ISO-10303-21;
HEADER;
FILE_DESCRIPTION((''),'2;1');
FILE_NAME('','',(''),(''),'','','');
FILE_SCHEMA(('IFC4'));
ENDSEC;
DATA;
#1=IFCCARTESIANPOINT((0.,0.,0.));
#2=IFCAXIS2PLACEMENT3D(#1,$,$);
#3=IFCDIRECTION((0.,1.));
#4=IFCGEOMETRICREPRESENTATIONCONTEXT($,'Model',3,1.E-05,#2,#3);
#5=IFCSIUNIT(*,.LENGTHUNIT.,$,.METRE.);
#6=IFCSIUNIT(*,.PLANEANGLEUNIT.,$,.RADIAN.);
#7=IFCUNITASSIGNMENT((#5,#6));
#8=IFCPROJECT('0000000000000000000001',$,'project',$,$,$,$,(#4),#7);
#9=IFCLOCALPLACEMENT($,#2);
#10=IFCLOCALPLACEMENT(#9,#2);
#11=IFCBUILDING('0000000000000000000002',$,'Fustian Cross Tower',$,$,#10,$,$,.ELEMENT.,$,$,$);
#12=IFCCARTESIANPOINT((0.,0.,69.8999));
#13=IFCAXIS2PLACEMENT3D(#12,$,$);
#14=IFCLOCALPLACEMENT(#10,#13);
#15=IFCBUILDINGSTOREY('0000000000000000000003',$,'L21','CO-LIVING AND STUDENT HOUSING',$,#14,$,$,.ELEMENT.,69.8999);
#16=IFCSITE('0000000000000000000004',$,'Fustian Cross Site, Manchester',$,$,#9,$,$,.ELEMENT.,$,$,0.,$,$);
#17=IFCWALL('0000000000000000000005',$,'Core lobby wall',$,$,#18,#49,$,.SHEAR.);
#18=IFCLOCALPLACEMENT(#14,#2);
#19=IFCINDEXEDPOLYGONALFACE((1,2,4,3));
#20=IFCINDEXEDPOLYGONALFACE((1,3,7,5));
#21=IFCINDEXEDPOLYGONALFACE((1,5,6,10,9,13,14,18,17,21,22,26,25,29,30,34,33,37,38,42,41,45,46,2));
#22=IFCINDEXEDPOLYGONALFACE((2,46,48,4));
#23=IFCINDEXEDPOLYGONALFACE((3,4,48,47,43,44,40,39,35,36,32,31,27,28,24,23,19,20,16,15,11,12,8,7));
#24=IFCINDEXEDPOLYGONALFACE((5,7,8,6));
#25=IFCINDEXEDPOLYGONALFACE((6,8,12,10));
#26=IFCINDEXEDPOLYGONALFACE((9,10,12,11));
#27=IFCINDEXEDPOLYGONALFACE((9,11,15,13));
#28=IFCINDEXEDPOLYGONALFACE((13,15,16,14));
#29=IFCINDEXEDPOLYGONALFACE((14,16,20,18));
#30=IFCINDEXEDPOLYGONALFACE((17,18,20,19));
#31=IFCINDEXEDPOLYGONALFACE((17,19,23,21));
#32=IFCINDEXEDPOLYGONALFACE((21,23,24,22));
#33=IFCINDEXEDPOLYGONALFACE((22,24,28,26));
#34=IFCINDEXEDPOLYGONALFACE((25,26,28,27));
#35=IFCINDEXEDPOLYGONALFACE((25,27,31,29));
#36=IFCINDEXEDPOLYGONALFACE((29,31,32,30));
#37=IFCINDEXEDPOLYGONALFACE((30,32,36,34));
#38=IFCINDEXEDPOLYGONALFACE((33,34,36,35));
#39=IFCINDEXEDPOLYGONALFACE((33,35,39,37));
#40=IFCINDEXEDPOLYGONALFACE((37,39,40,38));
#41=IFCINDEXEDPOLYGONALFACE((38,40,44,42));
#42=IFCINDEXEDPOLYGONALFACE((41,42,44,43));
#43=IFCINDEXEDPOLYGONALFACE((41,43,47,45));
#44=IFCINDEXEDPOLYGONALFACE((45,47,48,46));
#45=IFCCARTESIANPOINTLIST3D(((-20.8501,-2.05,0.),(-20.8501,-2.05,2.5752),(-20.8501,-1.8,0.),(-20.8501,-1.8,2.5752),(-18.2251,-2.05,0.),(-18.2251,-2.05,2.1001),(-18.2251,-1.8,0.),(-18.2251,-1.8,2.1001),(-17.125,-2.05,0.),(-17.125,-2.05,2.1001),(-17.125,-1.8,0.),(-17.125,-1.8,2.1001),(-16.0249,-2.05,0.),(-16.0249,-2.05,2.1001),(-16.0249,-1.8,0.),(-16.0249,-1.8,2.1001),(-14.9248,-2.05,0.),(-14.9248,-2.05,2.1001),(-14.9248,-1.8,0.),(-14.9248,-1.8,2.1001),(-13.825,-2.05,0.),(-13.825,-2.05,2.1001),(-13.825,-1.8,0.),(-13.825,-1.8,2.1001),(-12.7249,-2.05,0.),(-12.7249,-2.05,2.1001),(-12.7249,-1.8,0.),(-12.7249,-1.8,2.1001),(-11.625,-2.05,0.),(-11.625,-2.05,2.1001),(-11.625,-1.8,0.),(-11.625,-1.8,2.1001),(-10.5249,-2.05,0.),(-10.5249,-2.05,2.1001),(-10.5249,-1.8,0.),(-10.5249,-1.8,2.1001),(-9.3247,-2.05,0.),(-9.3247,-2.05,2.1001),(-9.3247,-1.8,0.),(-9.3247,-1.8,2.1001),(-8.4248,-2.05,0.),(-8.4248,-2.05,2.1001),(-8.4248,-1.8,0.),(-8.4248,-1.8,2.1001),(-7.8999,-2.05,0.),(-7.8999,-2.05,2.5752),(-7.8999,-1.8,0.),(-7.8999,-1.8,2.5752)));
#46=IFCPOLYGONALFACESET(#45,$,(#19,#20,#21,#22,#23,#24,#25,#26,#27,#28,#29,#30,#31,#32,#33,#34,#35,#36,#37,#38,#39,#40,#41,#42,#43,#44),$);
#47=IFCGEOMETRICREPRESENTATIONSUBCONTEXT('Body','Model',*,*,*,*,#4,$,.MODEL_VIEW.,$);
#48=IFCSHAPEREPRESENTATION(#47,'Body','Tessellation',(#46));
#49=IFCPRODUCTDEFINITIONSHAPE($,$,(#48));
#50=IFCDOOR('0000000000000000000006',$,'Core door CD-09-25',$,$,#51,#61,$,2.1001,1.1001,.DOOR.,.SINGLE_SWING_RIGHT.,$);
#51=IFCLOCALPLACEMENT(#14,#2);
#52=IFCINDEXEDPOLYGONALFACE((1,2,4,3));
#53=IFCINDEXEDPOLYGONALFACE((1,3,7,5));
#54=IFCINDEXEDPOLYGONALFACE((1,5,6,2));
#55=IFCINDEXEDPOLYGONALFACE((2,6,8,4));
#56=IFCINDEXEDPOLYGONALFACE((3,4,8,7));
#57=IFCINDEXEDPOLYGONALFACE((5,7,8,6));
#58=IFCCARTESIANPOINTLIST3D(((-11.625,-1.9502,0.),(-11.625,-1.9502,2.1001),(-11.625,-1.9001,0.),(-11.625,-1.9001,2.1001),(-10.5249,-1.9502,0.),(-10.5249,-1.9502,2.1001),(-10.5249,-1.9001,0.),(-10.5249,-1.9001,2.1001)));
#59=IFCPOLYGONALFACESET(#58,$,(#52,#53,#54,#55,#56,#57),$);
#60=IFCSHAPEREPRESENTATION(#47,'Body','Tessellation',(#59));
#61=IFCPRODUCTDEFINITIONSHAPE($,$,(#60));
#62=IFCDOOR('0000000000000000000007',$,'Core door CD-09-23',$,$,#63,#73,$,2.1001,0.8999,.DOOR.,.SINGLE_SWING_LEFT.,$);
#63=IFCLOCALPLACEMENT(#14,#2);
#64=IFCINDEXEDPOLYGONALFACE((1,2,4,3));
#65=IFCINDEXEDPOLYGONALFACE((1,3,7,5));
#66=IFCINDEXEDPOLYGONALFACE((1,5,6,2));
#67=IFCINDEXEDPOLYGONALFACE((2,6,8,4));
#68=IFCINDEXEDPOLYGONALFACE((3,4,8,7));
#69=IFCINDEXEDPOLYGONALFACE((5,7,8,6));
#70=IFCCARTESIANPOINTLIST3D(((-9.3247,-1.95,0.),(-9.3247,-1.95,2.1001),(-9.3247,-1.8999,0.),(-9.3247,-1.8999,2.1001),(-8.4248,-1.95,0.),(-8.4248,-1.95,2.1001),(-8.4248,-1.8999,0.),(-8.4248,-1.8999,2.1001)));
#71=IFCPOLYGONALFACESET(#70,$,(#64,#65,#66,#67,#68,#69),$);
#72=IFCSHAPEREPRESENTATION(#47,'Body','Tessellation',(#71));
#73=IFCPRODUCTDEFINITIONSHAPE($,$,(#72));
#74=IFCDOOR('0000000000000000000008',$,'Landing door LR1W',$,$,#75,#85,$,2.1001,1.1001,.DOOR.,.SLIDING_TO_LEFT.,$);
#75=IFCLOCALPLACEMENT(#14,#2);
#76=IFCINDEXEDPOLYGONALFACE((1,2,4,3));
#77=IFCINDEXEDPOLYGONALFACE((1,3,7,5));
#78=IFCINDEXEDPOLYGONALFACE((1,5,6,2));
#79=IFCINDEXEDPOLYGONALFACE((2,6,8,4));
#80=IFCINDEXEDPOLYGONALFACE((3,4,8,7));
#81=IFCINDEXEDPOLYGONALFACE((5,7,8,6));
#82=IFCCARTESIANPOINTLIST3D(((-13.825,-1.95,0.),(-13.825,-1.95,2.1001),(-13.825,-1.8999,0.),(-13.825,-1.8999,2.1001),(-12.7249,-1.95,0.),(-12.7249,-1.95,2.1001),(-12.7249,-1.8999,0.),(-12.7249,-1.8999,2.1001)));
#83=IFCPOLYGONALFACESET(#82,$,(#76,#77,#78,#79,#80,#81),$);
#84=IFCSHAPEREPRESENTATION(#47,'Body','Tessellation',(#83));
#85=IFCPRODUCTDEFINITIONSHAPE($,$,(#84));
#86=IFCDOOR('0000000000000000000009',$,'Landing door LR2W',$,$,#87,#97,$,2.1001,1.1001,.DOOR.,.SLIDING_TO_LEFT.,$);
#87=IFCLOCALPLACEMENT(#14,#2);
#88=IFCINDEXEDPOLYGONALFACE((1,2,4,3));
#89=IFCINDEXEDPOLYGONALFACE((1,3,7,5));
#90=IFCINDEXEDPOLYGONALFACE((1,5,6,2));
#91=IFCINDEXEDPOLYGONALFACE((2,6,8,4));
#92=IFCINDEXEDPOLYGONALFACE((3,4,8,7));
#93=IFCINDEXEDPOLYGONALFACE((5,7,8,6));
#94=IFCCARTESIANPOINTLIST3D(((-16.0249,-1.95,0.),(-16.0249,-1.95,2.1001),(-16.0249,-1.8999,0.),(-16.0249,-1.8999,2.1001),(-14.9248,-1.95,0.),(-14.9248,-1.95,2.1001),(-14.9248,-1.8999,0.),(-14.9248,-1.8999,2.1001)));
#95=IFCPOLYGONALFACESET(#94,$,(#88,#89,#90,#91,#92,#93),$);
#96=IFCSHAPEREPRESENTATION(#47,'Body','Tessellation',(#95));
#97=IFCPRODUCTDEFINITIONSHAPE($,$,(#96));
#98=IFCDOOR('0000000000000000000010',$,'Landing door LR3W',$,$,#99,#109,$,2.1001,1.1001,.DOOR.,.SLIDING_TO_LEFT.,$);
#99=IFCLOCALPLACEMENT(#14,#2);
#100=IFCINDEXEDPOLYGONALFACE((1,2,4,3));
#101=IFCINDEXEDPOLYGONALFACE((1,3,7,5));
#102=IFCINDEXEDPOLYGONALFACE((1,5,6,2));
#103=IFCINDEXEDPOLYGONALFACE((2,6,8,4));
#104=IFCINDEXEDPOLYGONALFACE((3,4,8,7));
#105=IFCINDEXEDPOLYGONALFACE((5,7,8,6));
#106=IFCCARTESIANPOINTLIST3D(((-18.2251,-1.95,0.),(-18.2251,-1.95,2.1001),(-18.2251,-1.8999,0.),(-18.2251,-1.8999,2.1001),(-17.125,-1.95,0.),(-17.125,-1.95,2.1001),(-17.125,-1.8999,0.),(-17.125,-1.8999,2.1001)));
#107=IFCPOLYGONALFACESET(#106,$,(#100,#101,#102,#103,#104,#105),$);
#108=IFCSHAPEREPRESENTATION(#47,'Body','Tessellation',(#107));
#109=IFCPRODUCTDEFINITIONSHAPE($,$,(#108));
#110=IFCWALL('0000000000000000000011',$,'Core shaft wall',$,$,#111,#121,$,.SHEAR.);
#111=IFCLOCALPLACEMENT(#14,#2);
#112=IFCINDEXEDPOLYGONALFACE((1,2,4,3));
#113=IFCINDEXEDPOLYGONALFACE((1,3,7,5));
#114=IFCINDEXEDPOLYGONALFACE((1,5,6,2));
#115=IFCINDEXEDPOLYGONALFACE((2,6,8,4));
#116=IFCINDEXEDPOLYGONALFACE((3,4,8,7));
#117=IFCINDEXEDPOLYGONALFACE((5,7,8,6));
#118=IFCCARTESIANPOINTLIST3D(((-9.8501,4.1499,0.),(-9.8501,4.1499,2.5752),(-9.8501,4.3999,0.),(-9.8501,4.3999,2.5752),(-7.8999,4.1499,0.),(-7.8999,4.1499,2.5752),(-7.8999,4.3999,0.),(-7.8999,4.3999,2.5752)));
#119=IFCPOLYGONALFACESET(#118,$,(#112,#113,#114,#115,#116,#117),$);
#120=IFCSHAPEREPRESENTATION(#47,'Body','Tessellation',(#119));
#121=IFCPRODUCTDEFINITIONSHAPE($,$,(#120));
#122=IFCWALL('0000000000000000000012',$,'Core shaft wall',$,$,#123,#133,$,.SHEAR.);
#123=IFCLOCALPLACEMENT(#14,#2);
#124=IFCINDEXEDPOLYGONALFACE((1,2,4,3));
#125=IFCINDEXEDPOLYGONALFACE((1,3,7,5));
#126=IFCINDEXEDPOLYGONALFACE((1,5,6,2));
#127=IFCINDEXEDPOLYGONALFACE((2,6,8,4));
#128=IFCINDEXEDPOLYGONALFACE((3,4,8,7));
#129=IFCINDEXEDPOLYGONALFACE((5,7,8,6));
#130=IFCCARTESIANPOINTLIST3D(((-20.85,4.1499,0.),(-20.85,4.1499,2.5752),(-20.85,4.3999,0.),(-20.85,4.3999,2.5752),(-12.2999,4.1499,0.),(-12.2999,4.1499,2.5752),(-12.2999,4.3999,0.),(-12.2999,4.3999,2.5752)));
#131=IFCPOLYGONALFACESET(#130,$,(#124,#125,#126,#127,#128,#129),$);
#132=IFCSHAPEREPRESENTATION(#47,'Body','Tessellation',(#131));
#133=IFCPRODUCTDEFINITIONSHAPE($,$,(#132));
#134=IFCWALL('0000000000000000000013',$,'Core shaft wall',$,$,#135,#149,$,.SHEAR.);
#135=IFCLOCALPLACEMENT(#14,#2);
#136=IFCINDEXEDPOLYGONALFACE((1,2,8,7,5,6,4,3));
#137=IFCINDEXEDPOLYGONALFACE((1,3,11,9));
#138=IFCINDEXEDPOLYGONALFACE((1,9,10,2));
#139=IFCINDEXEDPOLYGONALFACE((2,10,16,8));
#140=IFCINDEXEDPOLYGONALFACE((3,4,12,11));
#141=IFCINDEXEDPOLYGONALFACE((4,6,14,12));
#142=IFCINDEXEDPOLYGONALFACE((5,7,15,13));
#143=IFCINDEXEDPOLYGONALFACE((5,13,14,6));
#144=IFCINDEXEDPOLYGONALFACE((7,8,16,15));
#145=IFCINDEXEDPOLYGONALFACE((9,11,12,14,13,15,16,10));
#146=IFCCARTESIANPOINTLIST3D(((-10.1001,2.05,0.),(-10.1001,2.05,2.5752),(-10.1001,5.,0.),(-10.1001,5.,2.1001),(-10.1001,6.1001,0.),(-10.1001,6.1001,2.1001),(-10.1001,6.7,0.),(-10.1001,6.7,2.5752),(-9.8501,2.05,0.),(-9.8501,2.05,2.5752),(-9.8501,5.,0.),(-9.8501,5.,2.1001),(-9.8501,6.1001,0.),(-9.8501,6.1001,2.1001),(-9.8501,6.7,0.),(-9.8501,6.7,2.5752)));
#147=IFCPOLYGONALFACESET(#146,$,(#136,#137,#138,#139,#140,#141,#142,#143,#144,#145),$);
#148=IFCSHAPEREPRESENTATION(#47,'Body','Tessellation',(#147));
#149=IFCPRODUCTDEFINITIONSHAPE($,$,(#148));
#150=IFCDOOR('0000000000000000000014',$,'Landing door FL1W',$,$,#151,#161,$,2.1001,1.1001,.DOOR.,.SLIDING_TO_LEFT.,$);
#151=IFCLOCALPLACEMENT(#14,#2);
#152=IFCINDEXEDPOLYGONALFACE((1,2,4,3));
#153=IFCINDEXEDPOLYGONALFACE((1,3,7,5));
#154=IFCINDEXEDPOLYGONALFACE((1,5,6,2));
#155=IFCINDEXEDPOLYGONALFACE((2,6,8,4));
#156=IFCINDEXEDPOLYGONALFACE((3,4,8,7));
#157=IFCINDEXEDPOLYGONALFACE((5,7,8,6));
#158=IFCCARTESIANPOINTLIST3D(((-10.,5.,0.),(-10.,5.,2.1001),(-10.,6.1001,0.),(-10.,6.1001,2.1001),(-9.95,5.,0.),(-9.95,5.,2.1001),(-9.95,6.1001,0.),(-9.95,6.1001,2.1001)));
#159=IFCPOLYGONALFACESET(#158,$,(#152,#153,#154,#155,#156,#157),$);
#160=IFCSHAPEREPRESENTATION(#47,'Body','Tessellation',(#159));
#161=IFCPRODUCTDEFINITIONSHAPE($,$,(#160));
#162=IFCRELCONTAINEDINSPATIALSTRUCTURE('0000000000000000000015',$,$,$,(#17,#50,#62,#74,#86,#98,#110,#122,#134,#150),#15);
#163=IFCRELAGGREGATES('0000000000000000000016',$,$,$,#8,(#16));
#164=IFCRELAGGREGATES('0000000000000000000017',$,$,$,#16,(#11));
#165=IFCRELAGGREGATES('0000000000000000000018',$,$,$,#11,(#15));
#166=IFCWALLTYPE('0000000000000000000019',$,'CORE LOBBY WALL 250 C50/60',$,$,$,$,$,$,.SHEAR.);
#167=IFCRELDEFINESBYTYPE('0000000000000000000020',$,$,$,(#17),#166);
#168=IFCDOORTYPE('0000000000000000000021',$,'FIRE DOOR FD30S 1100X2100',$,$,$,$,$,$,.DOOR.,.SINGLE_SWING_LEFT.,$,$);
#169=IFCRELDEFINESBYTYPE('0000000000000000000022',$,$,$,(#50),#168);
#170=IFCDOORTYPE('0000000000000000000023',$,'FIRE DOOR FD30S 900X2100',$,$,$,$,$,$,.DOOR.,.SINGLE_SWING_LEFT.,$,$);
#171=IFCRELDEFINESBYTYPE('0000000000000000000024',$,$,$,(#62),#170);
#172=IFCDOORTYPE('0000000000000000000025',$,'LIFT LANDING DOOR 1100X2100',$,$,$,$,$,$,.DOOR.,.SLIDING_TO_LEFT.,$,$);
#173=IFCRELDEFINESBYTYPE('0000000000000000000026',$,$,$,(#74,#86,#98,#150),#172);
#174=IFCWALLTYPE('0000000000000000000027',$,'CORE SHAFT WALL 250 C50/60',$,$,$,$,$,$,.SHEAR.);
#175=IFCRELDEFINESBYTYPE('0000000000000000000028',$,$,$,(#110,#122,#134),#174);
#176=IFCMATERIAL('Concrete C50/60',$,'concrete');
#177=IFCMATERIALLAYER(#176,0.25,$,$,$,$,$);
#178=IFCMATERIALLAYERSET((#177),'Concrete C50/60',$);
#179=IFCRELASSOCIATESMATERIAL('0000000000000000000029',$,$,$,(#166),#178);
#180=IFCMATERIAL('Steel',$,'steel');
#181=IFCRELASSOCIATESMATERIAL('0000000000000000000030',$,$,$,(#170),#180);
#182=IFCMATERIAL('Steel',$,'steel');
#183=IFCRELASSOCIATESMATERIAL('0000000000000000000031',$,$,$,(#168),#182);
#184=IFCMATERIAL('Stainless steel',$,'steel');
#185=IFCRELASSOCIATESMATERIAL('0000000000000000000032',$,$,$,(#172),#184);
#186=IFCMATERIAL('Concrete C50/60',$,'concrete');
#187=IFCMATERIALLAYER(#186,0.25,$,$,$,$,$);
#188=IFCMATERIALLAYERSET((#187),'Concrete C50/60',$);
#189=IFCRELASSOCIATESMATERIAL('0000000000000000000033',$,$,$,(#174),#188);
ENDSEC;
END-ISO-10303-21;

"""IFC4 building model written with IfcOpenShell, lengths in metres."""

from ifc_helpers import new_model, si_unit, direction, frame, frame_2d, origin, place, context, subcontext, project, spatial, rectangle, extrude, material, layer, layer_set, type_object, element, fill, save


model = new_model("IFC4")

# Units and contexts
model_context = context("Model", 3, precision=1e-05, world=origin(), true_north=direction((0.0, 1.0)))
body_context = subcontext(model_context, "Body", "Model", "MODEL_VIEW")
ifc_project = project(units=[si_unit("LENGTHUNIT", "METRE"), si_unit("PLANEANGLEUNIT", "RADIAN")], contexts=[model_context])

# Site, building, storey
site_placement = place(None, origin())
site = spatial("IfcSite", under=ifc_project, at=site_placement, Name="Fustian Cross Site, Manchester", CompositionType="ELEMENT", RefElevation=0.0)
building_placement = place(site_placement, origin())
building = spatial("IfcBuilding", under=site, at=building_placement, Name="Fustian Cross Tower", CompositionType="ELEMENT")
storey_placement = place(building_placement, frame((0.0, 0.0, 69.8999)))
storey = spatial("IfcBuildingStorey", under=building, at=storey_placement, Name="L21", Description="CO-LIVING AND STUDENT HOUSING", CompositionType="ELEMENT", Elevation=69.8999)

# Wall, openings, doors
ifc_material_1 = material(Name="Concrete C50/60", Category="concrete")
ifc_layer_1 = layer(ifc_material_1, 0.25)
ifc_layer_set_1 = layer_set([ifc_layer_1], Name="Concrete C50/60")
wall_type_1 = type_object("IfcWallType", Name="CORE LOBBY WALL 250 C50/60", PredefinedType="SHEAR", material=ifc_layer_set_1)
ifc_material_2 = material(Name="Steel", Category="steel")
door_type_1 = type_object("IfcDoorType", Name="FIRE DOOR FD30S 900X2100", OperationType="SINGLE_SWING_LEFT", PredefinedType="DOOR", material=ifc_material_2)
wall_1_placement = place(storey_placement, frame((-7.8999, -1.925, 0.0), z_axis=(0.0, 0.0, 1.0), x_axis=(-1.0, 0.0, 0.0)))
wall_1 = element("IfcWall", 1, at=wall_1_placement, inside=storey, type_object=wall_type_1, Name="Core lobby wall", PredefinedType="SHEAR", context=body_context, shape_type="SweptSolid", body=[
    extrude(rectangle(XDim=12.9502, YDim=0.25, at=frame_2d((6.4751, 0.0))), origin(), (0.0, 0.0, 1.0), 2.5752),
])
opening_1_placement = place(wall_1_placement, frame((4.825, 0.0, 0.0)))
opening_1 = element("IfcOpeningElement", 2, at=opening_1_placement, cuts=wall_1, PredefinedType="OPENING", context=body_context, shape_type="SweptSolid", body=[
    extrude(rectangle(XDim=1.1001, YDim=2.1001, at=frame_2d((0.55, 1.05))), frame((0.0, 0.135, 0.0), z_axis=(0.0, -1.0, 0.0), x_axis=(1.0, 0.0, 0.0)), (0.0, 0.0, 1.0), 0.27),
])
opening_2_placement = place(wall_1_placement, frame((7.0249, 0.0, 0.0)))
opening_2 = element("IfcOpeningElement", 3, at=opening_2_placement, cuts=wall_1, PredefinedType="OPENING", context=body_context, shape_type="SweptSolid", body=[
    extrude(rectangle(XDim=1.1001, YDim=2.1001, at=frame_2d((0.55, 1.05))), frame((0.0, 0.135, 0.0), z_axis=(0.0, -1.0, 0.0), x_axis=(1.0, 0.0, 0.0)), (0.0, 0.0, 1.0), 0.27),
])
opening_3_placement = place(wall_1_placement, frame((9.2251, 0.0, 0.0)))
opening_3 = element("IfcOpeningElement", 4, at=opening_3_placement, cuts=wall_1, PredefinedType="OPENING", context=body_context, shape_type="SweptSolid", body=[
    extrude(rectangle(XDim=1.1001, YDim=2.1001, at=frame_2d((0.55, 1.05))), frame((0.0, 0.135, 0.0), z_axis=(0.0, -1.0, 0.0), x_axis=(1.0, 0.0, 0.0)), (0.0, 0.0, 1.0), 0.27),
])
opening_4_placement = place(wall_1_placement, frame((0.5249, 0.0, 0.0)))
opening_4 = element("IfcOpeningElement", 5, at=opening_4_placement, cuts=wall_1, PredefinedType="OPENING", context=body_context, shape_type="SweptSolid", body=[
    extrude(rectangle(XDim=0.8999, YDim=2.1001, at=frame_2d((0.45, 1.05))), frame((0.0, 0.135, 0.0), z_axis=(0.0, -1.0, 0.0), x_axis=(1.0, 0.0, 0.0)), (0.0, 0.0, 1.0), 0.27),
])
opening_5_placement = place(wall_1_placement, frame((2.625, 0.0, 0.0)))
opening_5 = element("IfcOpeningElement", 6, at=opening_5_placement, cuts=wall_1, PredefinedType="OPENING", context=body_context, shape_type="SweptSolid", body=[
    extrude(rectangle(XDim=1.1001, YDim=2.1001, at=frame_2d((0.55, 1.05))), frame((0.0, 0.135, 0.0), z_axis=(0.0, -1.0, 0.0), x_axis=(1.0, 0.0, 0.0)), (0.0, 0.0, 1.0), 0.27),
])
ifc_material_3 = material(Name="Steel", Category="steel")
door_type_2 = type_object("IfcDoorType", Name="FIRE DOOR FD30S 1100X2100", OperationType="SINGLE_SWING_LEFT", PredefinedType="DOOR", material=ifc_material_3)
door_1_placement = place(opening_5_placement, frame((1.1001, 0.0, 0.0), z_axis=(0.0, 0.0, 1.0), x_axis=(-1.0, 0.0, 0.0)))
door_1 = element("IfcDoor", 7, at=door_1_placement, inside=storey, type_object=door_type_2, Name="Core door CD-09-25", OperationType="SINGLE_SWING_RIGHT", OverallHeight=2.1001, OverallWidth=1.1001, PredefinedType="DOOR", context=body_context, shape_type="SweptSolid", body=[
    extrude(rectangle(XDim=1.1001, YDim=2.1001, at=frame_2d((0.55, 1.05))), frame((0.0, 0.0249, 0.0), z_axis=(0.0, -1.0, 0.0), x_axis=(1.0, 0.0, 0.0)), (0.0, 0.0, 1.0), 0.05),
])
fill(opening_5, door_1)
door_2_placement = place(opening_4_placement, origin())
door_2 = element("IfcDoor", 8, at=door_2_placement, inside=storey, type_object=door_type_1, Name="Core door CD-09-23", OperationType="SINGLE_SWING_LEFT", OverallHeight=2.1001, OverallWidth=0.8999, PredefinedType="DOOR", context=body_context, shape_type="SweptSolid", body=[
    extrude(rectangle(XDim=0.8999, YDim=2.1001, at=frame_2d((0.45, 1.05))), frame((0.0, 0.0249, 0.0), z_axis=(0.0, -1.0, 0.0), x_axis=(1.0, 0.0, 0.0)), (0.0, 0.0, 1.0), 0.05),
])
fill(opening_4, door_2)
ifc_material_4 = material(Name="Stainless steel", Category="steel")
door_type_3 = type_object("IfcDoorType", Name="LIFT LANDING DOOR 1100X2100", OperationType="SLIDING_TO_LEFT", PredefinedType="DOOR", material=ifc_material_4)
door_3_placement = place(opening_1_placement, origin())
door_3 = element("IfcDoor", 9, at=door_3_placement, inside=storey, type_object=door_type_3, Name="Landing door LR1W", OperationType="SLIDING_TO_LEFT", OverallHeight=2.1001, OverallWidth=1.1001, PredefinedType="DOOR", context=body_context, shape_type="SweptSolid", body=[
    extrude(rectangle(XDim=1.1001, YDim=2.1001, at=frame_2d((0.55, 1.05))), frame((0.0, 0.0249, 0.0), z_axis=(0.0, -1.0, 0.0), x_axis=(1.0, 0.0, 0.0)), (0.0, 0.0, 1.0), 0.05),
])
fill(opening_1, door_3)
door_4_placement = place(opening_2_placement, origin())
door_4 = element("IfcDoor", 10, at=door_4_placement, inside=storey, type_object=door_type_3, Name="Landing door LR2W", OperationType="SLIDING_TO_LEFT", OverallHeight=2.1001, OverallWidth=1.1001, PredefinedType="DOOR", context=body_context, shape_type="SweptSolid", body=[
    extrude(rectangle(XDim=1.1001, YDim=2.1001, at=frame_2d((0.55, 1.05))), frame((0.0, 0.0249, 0.0), z_axis=(0.0, -1.0, 0.0), x_axis=(1.0, 0.0, 0.0)), (0.0, 0.0, 1.0), 0.05),
])
fill(opening_2, door_4)
door_5_placement = place(opening_3_placement, origin())
door_5 = element("IfcDoor", 11, at=door_5_placement, inside=storey, type_object=door_type_3, Name="Landing door LR3W", OperationType="SLIDING_TO_LEFT", OverallHeight=2.1001, OverallWidth=1.1001, PredefinedType="DOOR", context=body_context, shape_type="SweptSolid", body=[
    extrude(rectangle(XDim=1.1001, YDim=2.1001, at=frame_2d((0.55, 1.05))), frame((0.0, 0.0249, 0.0), z_axis=(0.0, -1.0, 0.0), x_axis=(1.0, 0.0, 0.0)), (0.0, 0.0, 1.0), 0.05),
])
fill(opening_3, door_5)

# Walls
ifc_material_5 = material(Name="Concrete C50/60", Category="concrete")
ifc_layer_2 = layer(ifc_material_5, 0.25)
ifc_layer_set_2 = layer_set([ifc_layer_2], Name="Concrete C50/60")
wall_type_2 = type_object("IfcWallType", Name="CORE SHAFT WALL 250 C50/60", PredefinedType="SHEAR", material=ifc_layer_set_2)
wall_2_placement = place(storey_placement, frame((-7.8999, 4.2749, 0.0), z_axis=(0.0, 0.0, 1.0), x_axis=(-1.0, 0.0, 0.0)))
element("IfcWall", 12, at=wall_2_placement, inside=storey, type_object=wall_type_2, Name="Core shaft wall", PredefinedType="SHEAR", context=body_context, shape_type="SweptSolid", body=[
    extrude(rectangle(XDim=1.9502, YDim=0.25, at=frame_2d((0.9751, 0.0))), origin(), (0.0, 0.0, 1.0), 2.5752),
])
wall_3_placement = place(storey_placement, frame((-12.3, 4.2749, 0.0), z_axis=(0.0, 0.0, 1.0), x_axis=(-1.0, 0.0, 0.0)))
element("IfcWall", 13, at=wall_3_placement, inside=storey, type_object=wall_type_2, Name="Core shaft wall", PredefinedType="SHEAR", context=body_context, shape_type="SweptSolid", body=[
    extrude(rectangle(XDim=8.55, YDim=0.25, at=frame_2d((4.2749, 0.0))), origin(), (0.0, 0.0, 1.0), 2.5752),
])

# Wall, opening, door
wall_4_placement = place(storey_placement, frame((-9.9751, 2.05, 0.0), z_axis=(0.0, 0.0, 1.0), x_axis=(0.0, 1.0, 0.0)))
wall_4 = element("IfcWall", 14, at=wall_4_placement, inside=storey, type_object=wall_type_2, Name="Core shaft wall", PredefinedType="SHEAR", context=body_context, shape_type="SweptSolid", body=[
    extrude(rectangle(XDim=4.6499, YDim=0.25, at=frame_2d((2.325, 0.0))), origin(), (0.0, 0.0, 1.0), 2.5752),
])
opening_6_placement = place(wall_4_placement, frame((2.95, 0.0, 0.0)))
opening_6 = element("IfcOpeningElement", 15, at=opening_6_placement, cuts=wall_4, PredefinedType="OPENING", context=body_context, shape_type="SweptSolid", body=[
    extrude(rectangle(XDim=1.1001, YDim=2.1001, at=frame_2d((0.55, 1.05))), frame((0.0, 0.135, 0.0), z_axis=(0.0, -1.0, 0.0), x_axis=(1.0, 0.0, 0.0)), (0.0, 0.0, 1.0), 0.27),
])
door_6_placement = place(opening_6_placement, origin())
door_6 = element("IfcDoor", 16, at=door_6_placement, inside=storey, type_object=door_type_3, Name="Landing door FL1W", OperationType="SLIDING_TO_LEFT", OverallHeight=2.1001, OverallWidth=1.1001, PredefinedType="DOOR", context=body_context, shape_type="SweptSolid", body=[
    extrude(rectangle(XDim=1.1001, YDim=2.1001, at=frame_2d((0.55, 1.05))), frame((0.0, 0.0249, 0.0), z_axis=(0.0, -1.0, 0.0), x_axis=(1.0, 0.0, 0.0)), (0.0, 0.0, 1.0), 0.05),
])
fill(opening_6, door_6)

save(model, "model.ifc")
